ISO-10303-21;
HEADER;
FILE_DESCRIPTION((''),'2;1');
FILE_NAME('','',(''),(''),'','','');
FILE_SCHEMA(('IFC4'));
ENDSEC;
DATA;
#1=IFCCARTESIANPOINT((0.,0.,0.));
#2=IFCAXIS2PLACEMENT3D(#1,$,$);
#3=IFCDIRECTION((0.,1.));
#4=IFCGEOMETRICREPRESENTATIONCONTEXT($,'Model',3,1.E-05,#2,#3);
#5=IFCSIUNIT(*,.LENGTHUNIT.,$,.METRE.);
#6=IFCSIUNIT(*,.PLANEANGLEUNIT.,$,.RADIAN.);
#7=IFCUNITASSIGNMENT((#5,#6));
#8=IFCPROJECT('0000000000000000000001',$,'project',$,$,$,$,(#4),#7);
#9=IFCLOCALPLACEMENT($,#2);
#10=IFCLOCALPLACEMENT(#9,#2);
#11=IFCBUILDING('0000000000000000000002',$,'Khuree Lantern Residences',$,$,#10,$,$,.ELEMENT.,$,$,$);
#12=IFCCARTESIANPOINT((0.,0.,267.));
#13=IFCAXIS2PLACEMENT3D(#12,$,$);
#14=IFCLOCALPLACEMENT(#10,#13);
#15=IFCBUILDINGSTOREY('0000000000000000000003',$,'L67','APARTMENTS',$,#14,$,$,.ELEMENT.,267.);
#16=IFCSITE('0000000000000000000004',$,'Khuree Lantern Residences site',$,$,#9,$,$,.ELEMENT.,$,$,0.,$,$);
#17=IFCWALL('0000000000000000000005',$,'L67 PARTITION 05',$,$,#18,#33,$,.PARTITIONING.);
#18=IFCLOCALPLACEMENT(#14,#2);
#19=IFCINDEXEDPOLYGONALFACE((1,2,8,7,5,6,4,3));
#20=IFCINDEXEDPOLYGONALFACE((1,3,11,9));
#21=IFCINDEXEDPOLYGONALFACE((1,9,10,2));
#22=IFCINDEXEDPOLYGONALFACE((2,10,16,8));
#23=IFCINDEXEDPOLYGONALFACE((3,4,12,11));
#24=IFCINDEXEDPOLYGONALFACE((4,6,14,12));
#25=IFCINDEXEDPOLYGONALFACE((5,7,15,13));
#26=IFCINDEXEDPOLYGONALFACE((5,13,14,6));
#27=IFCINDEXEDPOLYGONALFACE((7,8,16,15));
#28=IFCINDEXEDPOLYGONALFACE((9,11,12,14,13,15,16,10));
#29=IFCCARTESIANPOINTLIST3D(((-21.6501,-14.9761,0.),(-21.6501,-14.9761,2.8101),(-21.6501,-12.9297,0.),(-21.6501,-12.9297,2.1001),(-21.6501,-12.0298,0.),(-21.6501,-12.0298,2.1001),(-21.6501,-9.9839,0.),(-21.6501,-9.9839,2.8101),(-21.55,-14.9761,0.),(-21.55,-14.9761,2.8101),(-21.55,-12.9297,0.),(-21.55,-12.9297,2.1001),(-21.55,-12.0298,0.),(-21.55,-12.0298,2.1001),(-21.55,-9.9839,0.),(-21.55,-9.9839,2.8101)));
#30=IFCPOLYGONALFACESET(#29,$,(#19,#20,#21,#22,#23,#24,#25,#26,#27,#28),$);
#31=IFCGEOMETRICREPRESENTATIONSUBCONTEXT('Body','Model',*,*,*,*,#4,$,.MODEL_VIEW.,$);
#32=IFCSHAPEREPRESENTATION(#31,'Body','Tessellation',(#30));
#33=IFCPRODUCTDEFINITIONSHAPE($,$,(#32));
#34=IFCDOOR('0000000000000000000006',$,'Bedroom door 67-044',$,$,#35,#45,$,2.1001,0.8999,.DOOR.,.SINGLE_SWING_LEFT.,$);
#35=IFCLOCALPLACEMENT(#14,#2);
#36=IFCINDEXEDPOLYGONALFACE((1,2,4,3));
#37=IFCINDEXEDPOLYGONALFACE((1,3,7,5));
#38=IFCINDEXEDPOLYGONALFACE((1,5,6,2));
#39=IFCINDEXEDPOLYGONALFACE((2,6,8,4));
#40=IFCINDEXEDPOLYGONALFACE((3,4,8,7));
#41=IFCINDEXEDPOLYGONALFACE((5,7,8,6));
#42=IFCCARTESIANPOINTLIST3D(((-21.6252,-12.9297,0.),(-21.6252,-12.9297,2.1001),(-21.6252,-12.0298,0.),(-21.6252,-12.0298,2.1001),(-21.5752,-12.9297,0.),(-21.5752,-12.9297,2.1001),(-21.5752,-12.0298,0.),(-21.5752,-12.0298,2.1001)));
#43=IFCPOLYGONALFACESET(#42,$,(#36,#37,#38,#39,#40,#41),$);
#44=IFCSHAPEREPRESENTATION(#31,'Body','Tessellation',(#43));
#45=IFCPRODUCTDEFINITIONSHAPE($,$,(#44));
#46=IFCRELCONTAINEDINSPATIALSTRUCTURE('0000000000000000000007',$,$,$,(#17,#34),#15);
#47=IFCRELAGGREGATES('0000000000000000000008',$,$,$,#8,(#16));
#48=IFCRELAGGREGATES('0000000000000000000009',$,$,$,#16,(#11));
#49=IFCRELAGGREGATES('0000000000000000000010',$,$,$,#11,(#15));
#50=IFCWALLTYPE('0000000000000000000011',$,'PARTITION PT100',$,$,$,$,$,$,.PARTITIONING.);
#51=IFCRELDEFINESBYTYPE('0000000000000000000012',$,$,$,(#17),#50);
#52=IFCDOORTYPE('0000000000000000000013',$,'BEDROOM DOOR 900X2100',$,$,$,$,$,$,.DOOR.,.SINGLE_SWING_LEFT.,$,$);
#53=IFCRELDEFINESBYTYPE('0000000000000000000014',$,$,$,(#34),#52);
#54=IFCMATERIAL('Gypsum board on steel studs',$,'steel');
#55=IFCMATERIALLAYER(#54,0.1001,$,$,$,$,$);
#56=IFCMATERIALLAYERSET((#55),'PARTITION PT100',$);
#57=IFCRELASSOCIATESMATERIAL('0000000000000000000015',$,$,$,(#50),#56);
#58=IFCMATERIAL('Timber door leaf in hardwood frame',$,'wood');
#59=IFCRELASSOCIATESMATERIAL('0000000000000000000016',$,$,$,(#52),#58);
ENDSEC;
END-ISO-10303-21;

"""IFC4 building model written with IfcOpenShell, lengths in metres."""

from ifc_helpers import new_model, si_unit, direction, frame, frame_2d, origin, place, context, subcontext, project, spatial, rectangle, extrude, material, layer, layer_set, type_object, element, fill, save


model = new_model("IFC4")

# Units and contexts
model_context = context("Model", 3, precision=1e-05, world=origin(), true_north=direction((0.0, 1.0)))
body_context = subcontext(model_context, "Body", "Model", "MODEL_VIEW")
ifc_project = project(units=[si_unit("LENGTHUNIT", "METRE"), si_unit("PLANEANGLEUNIT", "RADIAN")], contexts=[model_context])

# Site, building, storey
site_placement = place(None, origin())
site = spatial("IfcSite", under=ifc_project, at=site_placement, Name="Khuree Lantern Residences site", CompositionType="ELEMENT", RefElevation=0.0)
building_placement = place(site_placement, origin())
building = spatial("IfcBuilding", under=site, at=building_placement, Name="Khuree Lantern Residences", CompositionType="ELEMENT")
storey_placement = place(building_placement, frame((0.0, 0.0, 267.0)))
storey = spatial("IfcBuildingStorey", under=building, at=storey_placement, Name="L67", Description="APARTMENTS", CompositionType="ELEMENT", Elevation=267.0)

# Shared definitions
ifc_material_1 = material(Name="Timber door leaf in hardwood frame", Category="wood")

# Shared definitions
ifc_material_2 = material(Name="Gypsum board on steel studs", Category="steel")
ifc_layer_1 = layer(ifc_material_2, 0.1001)
ifc_layer_set_1 = layer_set([ifc_layer_1], Name="PARTITION PT100")
wall_type_1 = type_object("IfcWallType", Name="PARTITION PT100", PredefinedType="PARTITIONING", material=ifc_layer_set_1)

# Wall, opening, door
door_type_1 = type_object("IfcDoorType", Name="BEDROOM DOOR 900X2100", OperationType="SINGLE_SWING_LEFT", PredefinedType="DOOR", material=ifc_material_1)
wall_1_placement = place(storey_placement, frame((-21.6001, -9.9839, 0.0), z_axis=(0.0, 0.0, 1.0), x_axis=(0.0, -1.0, 0.0)))
wall_1 = element("IfcWall", 1, at=wall_1_placement, inside=storey, type_object=wall_type_1, Name="L67 PARTITION 05", PredefinedType="PARTITIONING", context=body_context, shape_type="SweptSolid", body=[
    extrude(rectangle(XDim=4.9922, YDim=0.1001, at=frame_2d((2.4961, 0.0))), origin(), (0.0, 0.0, 1.0), 2.8101),
])
opening_1_placement = place(wall_1_placement, frame((2.0459, 0.0, 0.0)))
opening_1 = element("IfcOpeningElement", 2, at=opening_1_placement, cuts=wall_1, PredefinedType="OPENING", context=body_context, shape_type="SweptSolid", body=[
    extrude(rectangle(XDim=0.8999, YDim=2.1001, at=frame_2d((0.45, 1.05))), frame((0.0, 0.0601, 0.0), z_axis=(0.0, -1.0, 0.0), x_axis=(1.0, 0.0, 0.0)), (0.0, 0.0, 1.0), 0.1201),
])
door_1_placement = place(opening_1_placement, origin())
door_1 = element("IfcDoor", 3, at=door_1_placement, inside=storey, type_object=door_type_1, Name="Bedroom door 67-044", OperationType="SINGLE_SWING_LEFT", OverallHeight=2.1001, OverallWidth=0.8999, PredefinedType="DOOR", context=body_context, shape_type="SweptSolid", body=[
    extrude(rectangle(XDim=0.8999, YDim=2.1001, at=frame_2d((0.45, 1.05))), frame((0.0, 0.0249, 0.0), z_axis=(0.0, -1.0, 0.0), x_axis=(1.0, 0.0, 0.0)), (0.0, 0.0, 1.0), 0.05),
])
fill(opening_1, door_1)

save(model, "model.ifc")
